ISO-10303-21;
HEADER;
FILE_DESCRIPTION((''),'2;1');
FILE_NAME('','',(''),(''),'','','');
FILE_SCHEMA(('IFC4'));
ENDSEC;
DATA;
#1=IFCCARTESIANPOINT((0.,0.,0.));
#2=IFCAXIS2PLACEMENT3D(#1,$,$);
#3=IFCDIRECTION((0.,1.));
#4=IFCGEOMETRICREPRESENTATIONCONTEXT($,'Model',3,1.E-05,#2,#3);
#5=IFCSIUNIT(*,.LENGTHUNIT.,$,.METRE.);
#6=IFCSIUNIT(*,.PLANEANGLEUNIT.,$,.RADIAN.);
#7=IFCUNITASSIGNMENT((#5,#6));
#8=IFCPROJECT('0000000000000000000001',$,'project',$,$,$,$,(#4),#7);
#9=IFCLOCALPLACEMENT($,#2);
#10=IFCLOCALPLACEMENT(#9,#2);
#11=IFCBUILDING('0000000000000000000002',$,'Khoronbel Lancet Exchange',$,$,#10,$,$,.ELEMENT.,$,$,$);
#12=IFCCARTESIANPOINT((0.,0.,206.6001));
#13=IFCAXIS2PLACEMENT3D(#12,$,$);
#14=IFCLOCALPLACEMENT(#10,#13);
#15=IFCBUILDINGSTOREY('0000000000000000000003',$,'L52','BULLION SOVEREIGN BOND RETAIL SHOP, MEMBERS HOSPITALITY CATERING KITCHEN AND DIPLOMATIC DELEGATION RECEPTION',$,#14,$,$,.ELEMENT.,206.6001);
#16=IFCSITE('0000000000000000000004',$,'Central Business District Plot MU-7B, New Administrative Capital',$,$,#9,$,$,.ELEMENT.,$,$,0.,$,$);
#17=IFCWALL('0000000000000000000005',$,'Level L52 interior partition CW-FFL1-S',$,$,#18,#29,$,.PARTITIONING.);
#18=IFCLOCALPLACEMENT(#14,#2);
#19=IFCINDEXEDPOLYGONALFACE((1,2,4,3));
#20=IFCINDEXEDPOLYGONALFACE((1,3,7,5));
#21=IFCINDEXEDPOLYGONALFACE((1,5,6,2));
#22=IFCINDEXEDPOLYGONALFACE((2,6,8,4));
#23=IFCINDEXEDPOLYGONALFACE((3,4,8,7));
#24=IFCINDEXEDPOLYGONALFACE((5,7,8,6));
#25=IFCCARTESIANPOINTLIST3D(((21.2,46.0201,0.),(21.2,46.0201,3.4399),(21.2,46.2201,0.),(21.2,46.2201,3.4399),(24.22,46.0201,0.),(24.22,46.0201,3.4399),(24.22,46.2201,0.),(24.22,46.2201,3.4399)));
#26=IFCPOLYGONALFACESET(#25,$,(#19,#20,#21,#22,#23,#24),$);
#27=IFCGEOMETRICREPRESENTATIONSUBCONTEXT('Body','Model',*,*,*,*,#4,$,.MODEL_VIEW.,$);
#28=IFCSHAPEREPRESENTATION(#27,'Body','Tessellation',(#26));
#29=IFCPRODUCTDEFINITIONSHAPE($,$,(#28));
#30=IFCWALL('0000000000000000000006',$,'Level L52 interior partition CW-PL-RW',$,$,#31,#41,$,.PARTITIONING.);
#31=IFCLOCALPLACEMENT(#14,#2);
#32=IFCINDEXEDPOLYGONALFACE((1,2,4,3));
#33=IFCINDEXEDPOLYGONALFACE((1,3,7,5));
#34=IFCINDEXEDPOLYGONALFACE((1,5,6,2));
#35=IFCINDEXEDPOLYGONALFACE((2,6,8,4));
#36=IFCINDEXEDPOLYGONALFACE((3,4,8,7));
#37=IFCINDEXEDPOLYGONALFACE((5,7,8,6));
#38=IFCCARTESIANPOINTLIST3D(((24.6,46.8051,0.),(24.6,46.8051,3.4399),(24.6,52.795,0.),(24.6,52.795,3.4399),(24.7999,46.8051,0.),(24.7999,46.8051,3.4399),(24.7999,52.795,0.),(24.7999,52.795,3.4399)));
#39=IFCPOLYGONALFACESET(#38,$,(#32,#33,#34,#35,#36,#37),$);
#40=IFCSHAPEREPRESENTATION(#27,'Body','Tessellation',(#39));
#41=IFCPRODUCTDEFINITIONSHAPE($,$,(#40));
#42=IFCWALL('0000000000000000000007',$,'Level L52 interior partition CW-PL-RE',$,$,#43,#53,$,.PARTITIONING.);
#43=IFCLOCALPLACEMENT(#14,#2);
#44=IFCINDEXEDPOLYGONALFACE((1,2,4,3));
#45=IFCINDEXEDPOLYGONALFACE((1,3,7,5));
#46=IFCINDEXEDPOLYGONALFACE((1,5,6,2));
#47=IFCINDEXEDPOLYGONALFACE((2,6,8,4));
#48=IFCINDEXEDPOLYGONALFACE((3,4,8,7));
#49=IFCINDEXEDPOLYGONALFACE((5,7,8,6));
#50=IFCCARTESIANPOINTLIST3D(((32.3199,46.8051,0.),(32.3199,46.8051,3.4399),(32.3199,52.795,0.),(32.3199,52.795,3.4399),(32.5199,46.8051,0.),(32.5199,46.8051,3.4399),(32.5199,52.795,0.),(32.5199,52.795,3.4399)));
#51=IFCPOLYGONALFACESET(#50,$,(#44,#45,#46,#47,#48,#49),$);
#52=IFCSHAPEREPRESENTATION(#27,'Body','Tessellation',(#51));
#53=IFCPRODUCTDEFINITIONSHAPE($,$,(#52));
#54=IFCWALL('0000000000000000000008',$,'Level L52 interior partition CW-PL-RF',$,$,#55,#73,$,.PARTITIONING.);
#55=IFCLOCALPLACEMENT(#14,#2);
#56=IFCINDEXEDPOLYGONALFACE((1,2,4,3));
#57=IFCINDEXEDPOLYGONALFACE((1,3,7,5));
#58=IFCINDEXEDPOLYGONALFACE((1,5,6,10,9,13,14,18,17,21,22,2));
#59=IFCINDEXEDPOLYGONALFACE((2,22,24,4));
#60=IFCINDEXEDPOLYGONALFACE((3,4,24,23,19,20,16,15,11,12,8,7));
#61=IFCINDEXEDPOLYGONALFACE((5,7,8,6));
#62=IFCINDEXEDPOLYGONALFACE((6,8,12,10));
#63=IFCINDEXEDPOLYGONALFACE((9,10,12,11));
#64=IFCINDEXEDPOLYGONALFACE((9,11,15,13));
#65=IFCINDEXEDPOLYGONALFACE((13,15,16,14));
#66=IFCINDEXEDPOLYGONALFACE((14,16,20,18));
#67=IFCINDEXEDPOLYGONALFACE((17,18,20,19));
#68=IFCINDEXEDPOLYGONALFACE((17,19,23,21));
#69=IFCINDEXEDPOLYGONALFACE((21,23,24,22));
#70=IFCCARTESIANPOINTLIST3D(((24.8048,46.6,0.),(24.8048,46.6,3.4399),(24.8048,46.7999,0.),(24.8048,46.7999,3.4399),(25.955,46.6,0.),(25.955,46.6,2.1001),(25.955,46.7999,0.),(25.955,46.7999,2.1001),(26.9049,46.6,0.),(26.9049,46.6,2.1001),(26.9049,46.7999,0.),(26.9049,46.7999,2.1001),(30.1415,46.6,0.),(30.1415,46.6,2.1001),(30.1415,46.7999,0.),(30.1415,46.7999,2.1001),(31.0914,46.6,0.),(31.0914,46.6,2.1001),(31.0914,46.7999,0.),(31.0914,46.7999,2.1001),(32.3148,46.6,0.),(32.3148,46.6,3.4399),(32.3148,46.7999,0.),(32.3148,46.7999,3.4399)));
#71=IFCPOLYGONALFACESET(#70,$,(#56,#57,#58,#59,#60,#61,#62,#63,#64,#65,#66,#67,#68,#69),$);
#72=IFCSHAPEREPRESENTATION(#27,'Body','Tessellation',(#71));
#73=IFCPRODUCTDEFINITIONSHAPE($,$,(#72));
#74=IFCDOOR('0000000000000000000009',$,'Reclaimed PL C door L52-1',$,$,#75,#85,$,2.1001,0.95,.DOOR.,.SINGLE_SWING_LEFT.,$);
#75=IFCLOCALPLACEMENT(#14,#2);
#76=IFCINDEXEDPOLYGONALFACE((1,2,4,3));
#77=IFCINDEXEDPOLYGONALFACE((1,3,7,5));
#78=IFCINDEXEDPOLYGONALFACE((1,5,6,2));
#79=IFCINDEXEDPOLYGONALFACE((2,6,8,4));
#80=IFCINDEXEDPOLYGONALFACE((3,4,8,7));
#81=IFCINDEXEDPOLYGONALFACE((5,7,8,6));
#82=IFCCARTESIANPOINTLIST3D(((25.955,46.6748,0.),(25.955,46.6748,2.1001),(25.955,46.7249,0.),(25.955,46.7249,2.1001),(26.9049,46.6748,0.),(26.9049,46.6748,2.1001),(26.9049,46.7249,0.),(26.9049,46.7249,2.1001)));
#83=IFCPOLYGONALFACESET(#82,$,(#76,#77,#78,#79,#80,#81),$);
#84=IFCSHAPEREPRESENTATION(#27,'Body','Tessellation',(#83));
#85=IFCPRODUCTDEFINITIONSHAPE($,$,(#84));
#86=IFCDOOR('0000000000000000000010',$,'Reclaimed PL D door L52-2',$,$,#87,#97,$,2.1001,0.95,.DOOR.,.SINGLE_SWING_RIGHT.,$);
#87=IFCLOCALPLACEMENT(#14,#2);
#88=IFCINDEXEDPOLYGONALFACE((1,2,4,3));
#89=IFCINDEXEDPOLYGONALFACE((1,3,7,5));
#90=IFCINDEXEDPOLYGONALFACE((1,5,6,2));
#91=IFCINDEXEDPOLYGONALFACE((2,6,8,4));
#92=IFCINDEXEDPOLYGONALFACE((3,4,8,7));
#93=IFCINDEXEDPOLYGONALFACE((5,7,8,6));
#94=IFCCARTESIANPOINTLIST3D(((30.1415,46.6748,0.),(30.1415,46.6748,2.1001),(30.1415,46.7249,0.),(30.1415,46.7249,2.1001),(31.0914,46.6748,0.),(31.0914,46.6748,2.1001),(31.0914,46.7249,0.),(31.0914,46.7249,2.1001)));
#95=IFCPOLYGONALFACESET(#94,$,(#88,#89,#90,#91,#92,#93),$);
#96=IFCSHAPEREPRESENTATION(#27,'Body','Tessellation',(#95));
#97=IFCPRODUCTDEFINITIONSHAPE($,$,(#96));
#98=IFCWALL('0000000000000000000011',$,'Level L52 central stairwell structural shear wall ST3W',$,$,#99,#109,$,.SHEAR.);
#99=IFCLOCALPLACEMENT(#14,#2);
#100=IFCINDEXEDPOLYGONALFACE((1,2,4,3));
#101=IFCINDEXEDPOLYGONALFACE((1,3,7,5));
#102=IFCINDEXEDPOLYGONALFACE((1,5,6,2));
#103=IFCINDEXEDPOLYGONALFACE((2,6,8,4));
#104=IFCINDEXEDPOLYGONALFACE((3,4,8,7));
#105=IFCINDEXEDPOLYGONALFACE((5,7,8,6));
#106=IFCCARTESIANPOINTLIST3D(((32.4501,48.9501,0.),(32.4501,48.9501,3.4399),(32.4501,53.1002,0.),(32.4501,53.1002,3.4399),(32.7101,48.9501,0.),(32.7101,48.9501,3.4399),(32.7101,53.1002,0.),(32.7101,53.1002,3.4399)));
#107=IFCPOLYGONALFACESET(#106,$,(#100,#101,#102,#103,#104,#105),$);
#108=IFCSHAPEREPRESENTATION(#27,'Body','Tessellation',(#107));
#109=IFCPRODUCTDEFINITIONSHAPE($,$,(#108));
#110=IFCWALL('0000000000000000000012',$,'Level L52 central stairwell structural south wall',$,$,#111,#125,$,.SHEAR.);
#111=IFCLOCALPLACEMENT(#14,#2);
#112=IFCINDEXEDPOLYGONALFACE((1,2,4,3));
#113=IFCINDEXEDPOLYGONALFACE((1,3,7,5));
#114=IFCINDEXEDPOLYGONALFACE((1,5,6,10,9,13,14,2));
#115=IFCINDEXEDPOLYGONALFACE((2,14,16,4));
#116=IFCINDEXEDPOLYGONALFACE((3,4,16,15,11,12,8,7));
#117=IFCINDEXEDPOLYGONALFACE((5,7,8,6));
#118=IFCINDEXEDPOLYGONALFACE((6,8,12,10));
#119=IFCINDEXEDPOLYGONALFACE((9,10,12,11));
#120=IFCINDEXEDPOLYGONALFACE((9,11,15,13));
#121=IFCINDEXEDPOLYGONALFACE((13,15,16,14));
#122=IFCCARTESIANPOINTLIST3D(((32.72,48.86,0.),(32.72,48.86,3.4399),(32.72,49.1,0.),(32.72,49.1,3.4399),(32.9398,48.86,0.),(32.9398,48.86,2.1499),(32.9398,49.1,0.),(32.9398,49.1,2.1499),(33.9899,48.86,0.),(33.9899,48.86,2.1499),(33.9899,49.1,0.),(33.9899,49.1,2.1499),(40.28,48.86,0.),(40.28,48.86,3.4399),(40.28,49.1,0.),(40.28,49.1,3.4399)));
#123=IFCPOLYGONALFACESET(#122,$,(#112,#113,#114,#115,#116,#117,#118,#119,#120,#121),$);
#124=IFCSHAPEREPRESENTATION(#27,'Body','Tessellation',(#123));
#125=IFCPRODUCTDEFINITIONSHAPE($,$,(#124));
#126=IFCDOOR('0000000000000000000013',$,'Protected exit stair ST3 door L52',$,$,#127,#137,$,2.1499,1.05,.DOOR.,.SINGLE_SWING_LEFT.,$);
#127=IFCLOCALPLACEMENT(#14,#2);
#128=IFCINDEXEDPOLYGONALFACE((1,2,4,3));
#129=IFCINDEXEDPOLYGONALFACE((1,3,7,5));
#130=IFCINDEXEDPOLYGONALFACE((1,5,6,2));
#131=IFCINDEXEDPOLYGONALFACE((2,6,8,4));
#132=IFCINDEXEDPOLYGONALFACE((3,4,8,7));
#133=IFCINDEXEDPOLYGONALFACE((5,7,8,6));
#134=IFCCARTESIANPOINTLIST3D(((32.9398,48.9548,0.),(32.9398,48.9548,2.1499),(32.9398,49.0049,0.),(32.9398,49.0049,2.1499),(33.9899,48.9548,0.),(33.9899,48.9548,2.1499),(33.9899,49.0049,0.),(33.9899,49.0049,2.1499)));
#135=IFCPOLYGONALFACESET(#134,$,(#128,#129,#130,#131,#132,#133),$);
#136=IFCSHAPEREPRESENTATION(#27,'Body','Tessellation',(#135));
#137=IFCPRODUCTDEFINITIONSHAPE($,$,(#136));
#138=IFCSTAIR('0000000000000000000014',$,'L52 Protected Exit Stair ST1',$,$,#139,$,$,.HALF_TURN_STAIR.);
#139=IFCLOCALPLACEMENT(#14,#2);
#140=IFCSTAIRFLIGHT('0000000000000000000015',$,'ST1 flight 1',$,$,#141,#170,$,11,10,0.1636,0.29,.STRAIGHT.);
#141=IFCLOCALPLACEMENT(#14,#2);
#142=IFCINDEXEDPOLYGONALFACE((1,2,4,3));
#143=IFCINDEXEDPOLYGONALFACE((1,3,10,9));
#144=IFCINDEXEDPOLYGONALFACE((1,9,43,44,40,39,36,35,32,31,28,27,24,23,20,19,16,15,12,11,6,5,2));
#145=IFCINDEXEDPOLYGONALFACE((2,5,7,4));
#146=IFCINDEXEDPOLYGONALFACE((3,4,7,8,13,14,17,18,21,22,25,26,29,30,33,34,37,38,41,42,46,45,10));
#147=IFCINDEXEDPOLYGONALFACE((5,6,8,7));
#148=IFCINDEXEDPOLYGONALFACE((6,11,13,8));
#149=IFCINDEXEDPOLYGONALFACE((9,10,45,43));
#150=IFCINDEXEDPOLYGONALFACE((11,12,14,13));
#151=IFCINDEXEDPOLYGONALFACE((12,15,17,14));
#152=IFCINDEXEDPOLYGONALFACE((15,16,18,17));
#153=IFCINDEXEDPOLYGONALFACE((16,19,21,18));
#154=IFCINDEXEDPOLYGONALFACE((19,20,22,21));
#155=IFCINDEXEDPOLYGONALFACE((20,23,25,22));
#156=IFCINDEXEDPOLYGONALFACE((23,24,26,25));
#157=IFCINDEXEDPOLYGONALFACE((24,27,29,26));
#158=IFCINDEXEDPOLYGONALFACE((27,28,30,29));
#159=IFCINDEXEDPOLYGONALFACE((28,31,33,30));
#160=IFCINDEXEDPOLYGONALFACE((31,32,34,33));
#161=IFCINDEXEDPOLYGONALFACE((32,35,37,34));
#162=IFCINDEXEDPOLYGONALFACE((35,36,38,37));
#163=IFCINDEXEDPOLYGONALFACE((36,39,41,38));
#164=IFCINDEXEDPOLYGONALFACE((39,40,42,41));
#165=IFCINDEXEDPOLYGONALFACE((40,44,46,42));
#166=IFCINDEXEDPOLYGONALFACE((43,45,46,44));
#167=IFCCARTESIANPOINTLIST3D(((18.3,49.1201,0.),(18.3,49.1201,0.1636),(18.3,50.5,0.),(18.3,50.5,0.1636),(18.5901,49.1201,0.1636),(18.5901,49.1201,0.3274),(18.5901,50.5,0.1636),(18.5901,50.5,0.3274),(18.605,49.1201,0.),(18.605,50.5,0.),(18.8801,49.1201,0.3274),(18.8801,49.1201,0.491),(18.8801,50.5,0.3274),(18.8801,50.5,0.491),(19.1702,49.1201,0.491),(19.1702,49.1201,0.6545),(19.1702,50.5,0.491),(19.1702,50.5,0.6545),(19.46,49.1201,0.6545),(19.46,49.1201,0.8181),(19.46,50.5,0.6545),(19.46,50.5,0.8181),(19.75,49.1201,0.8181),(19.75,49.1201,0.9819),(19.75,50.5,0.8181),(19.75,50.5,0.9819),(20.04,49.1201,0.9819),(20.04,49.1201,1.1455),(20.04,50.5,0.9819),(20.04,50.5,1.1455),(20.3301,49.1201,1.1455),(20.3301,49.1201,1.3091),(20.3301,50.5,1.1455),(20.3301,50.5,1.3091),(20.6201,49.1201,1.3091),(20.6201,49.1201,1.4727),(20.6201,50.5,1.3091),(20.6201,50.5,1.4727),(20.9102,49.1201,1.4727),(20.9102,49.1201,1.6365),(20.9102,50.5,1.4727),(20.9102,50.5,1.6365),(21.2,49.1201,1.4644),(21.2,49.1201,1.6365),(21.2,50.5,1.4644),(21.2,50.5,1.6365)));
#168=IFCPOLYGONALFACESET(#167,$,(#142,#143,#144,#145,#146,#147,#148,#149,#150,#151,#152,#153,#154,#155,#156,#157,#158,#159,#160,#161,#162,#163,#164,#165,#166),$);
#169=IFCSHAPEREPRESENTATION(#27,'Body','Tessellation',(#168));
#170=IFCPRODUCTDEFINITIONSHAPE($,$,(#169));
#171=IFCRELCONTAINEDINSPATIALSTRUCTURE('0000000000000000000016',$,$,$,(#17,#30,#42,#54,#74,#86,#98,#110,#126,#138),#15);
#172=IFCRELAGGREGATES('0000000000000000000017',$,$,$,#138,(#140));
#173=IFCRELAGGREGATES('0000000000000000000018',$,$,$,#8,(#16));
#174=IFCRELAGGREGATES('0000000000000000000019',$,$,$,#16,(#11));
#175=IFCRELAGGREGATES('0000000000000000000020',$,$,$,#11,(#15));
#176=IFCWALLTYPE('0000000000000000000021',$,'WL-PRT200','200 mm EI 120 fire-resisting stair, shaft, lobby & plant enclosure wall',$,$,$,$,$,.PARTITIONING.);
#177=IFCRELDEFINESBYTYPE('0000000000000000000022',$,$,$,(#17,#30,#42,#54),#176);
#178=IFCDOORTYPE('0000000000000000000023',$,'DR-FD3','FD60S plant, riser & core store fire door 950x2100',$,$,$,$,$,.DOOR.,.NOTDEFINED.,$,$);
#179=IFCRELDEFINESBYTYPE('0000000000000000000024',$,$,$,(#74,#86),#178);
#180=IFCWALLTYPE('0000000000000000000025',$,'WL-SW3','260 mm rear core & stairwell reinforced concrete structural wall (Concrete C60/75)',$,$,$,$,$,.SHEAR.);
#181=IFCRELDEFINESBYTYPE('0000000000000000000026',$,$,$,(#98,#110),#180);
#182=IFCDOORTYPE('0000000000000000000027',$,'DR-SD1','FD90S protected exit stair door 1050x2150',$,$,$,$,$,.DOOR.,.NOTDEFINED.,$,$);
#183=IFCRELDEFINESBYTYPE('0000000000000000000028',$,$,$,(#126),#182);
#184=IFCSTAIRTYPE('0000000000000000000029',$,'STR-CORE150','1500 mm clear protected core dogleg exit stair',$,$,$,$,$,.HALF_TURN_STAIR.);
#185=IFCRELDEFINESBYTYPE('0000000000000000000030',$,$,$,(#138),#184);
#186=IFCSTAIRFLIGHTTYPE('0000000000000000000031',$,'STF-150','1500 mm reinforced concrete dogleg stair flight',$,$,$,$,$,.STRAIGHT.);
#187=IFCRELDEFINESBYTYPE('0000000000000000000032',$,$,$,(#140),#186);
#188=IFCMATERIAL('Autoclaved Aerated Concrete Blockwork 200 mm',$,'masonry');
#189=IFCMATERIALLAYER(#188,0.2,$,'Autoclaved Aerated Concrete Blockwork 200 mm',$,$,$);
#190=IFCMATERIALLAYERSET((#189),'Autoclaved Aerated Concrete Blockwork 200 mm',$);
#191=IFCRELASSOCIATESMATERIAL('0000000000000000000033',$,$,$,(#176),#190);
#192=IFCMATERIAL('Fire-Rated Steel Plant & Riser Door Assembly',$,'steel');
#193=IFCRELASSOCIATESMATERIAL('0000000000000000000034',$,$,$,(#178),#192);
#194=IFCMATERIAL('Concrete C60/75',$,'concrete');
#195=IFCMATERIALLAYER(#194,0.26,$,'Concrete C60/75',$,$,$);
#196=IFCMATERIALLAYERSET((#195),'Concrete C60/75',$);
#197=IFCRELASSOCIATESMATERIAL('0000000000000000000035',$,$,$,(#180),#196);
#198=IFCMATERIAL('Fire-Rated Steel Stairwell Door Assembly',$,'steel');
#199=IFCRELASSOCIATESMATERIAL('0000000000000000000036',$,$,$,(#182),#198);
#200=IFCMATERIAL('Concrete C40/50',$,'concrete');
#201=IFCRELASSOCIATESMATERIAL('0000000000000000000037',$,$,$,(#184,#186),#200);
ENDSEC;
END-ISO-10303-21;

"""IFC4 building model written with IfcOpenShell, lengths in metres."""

from ifc_helpers import new_model, si_unit, direction, frame, frame_2d, origin, place, context, subcontext, project, spatial, polyline, rectangle, outline, extrude, material, layer, layer_set, type_object, element, fill, aggregate, save


model = new_model("IFC4")

# Units and contexts
model_context = context("Model", 3, precision=1e-05, world=origin(), true_north=direction((0.0, 1.0)))
body_context = subcontext(model_context, "Body", "Model", "MODEL_VIEW")
ifc_project = project(units=[si_unit("LENGTHUNIT", "METRE"), si_unit("PLANEANGLEUNIT", "RADIAN")], contexts=[model_context])

# Site, building, storey
site_placement = place(None, origin())
site = spatial("IfcSite", under=ifc_project, at=site_placement, Name="Central Business District Plot MU-7B, New Administrative Capital", CompositionType="ELEMENT", RefElevation=0.0)
building_placement = place(site_placement, origin())
building = spatial("IfcBuilding", under=site, at=building_placement, Name="Khoronbel Lancet Exchange", CompositionType="ELEMENT")
storey_placement = place(building_placement, frame((0.0, 0.0, 206.6001)))
storey = spatial("IfcBuildingStorey", under=building, at=storey_placement, Name="L52", Description="BULLION SOVEREIGN BOND RETAIL SHOP, MEMBERS HOSPITALITY CATERING KITCHEN AND DIPLOMATIC DELEGATION RECEPTION", CompositionType="ELEMENT", Elevation=206.6001)

# Shared definitions
ifc_material_1 = material(Name="Autoclaved Aerated Concrete Blockwork 200 mm", Category="masonry")
ifc_layer_1 = layer(ifc_material_1, 0.2, Name="Autoclaved Aerated Concrete Blockwork 200 mm")
ifc_layer_set_1 = layer_set([ifc_layer_1], Name="Autoclaved Aerated Concrete Blockwork 200 mm")
wall_type_1 = type_object("IfcWallType", Name="WL-PRT200", Description="200 mm EI 120 fire-resisting stair, shaft, lobby & plant enclosure wall", PredefinedType="PARTITIONING", material=ifc_layer_set_1)

# Walls
wall_1_placement = place(storey_placement, frame((21.2, 46.1201, 0.0), z_axis=(0.0, 0.0, 1.0), x_axis=(1.0, 0.0, 0.0)))
element("IfcWall", 1, at=wall_1_placement, inside=storey, type_object=wall_type_1, Name="Level L52 interior partition CW-FFL1-S", PredefinedType="PARTITIONING", context=body_context, shape_type="SweptSolid", body=[
    extrude(rectangle(XDim=3.02, YDim=0.2, at=frame_2d((1.51, 0.0))), origin(), (0.0, 0.0, 1.0), 3.4399),
])
for number, where, z_axis, x_axis, name in (
    (2, (24.7, 46.8049, 0.0), (0.0, 0.0, 1.0), (0.0, 1.0, 0.0), "Level L52 interior partition CW-PL-RW"),
    (3, (32.4199, 46.8049, 0.0), (0.0, 0.0, 1.0), (0.0, 1.0, 0.0), "Level L52 interior partition CW-PL-RE"),
):
    element("IfcWall", number, at=place(storey_placement, frame(where, z_axis=z_axis, x_axis=x_axis)), inside=storey, type_object=wall_type_1, Name=name, PredefinedType="PARTITIONING", context=body_context, shape_type="SweptSolid", body=[
        extrude(rectangle(XDim=5.99, YDim=0.2, at=frame_2d((2.9951, 0.0))), origin(), (0.0, 0.0, 1.0), 3.4399),
    ])

# Wall, openings, doors
wall_2_placement = place(storey_placement, frame((24.8049, 46.7, 0.0), z_axis=(0.0, 0.0, 1.0), x_axis=(1.0, 0.0, 0.0)))
wall_2 = element("IfcWall", 4, at=wall_2_placement, inside=storey, type_object=wall_type_1, Name="Level L52 interior partition CW-PL-RF", PredefinedType="PARTITIONING", context=body_context, shape_type="SweptSolid", body=[
    extrude(rectangle(XDim=7.51, YDim=0.2, at=frame_2d((3.7549, 0.0))), origin(), (0.0, 0.0, 1.0), 3.4399),
])
opening_1_placement = place(wall_2_placement, frame((1.1499, 0.0, 0.0)))
opening_1 = element("IfcOpeningElement", 5, at=opening_1_placement, cuts=wall_2, PredefinedType="OPENING", context=body_context, shape_type="SweptSolid", body=[
    extrude(rectangle(XDim=0.95, YDim=2.1001, at=frame_2d((0.4751, 1.05))), frame((0.0, 0.1099, 0.0), z_axis=(0.0, -1.0, 0.0), x_axis=(1.0, 0.0, 0.0)), (0.0, 0.0, 1.0), 0.22),
])
opening_2_placement = place(wall_2_placement, frame((5.3364, 0.0, 0.0)))
opening_2 = element("IfcOpeningElement", 6, at=opening_2_placement, cuts=wall_2, PredefinedType="OPENING", context=body_context, shape_type="SweptSolid", body=[
    extrude(rectangle(XDim=0.95, YDim=2.1001, at=frame_2d((0.4751, 1.05))), frame((0.0, 0.1099, 0.0), z_axis=(0.0, -1.0, 0.0), x_axis=(1.0, 0.0, 0.0)), (0.0, 0.0, 1.0), 0.22),
])
ifc_material_2 = material(Name="Fire-Rated Steel Plant & Riser Door Assembly", Category="steel")
door_type_1 = type_object("IfcDoorType", Name="DR-FD3", Description="FD60S plant, riser & core store fire door 950x2100", OperationType="NOTDEFINED", PredefinedType="DOOR", material=ifc_material_2)
door_1_placement = place(opening_1_placement, origin())
door_1 = element("IfcDoor", 7, at=door_1_placement, inside=storey, type_object=door_type_1, Name="Reclaimed PL C door L52-1", OperationType="SINGLE_SWING_LEFT", OverallHeight=2.1001, OverallWidth=0.95, PredefinedType="DOOR", context=body_context, shape_type="SweptSolid", body=[
    extrude(rectangle(XDim=0.95, YDim=2.1001, at=frame_2d((0.4751, 1.05))), frame((0.0, 0.0249, 0.0), z_axis=(0.0, -1.0, 0.0), x_axis=(1.0, 0.0, 0.0)), (0.0, 0.0, 1.0), 0.05),
])
fill(opening_1, door_1)
door_2_placement = place(opening_2_placement, origin())
door_2 = element("IfcDoor", 8, at=door_2_placement, inside=storey, type_object=door_type_1, Name="Reclaimed PL D door L52-2", OperationType="SINGLE_SWING_RIGHT", OverallHeight=2.1001, OverallWidth=0.95, PredefinedType="DOOR", context=body_context, shape_type="SweptSolid", body=[
    extrude(rectangle(XDim=0.95, YDim=2.1001, at=frame_2d((0.4751, 1.05))), frame((0.0, 0.0249, 0.0), z_axis=(0.0, -1.0, 0.0), x_axis=(1.0, 0.0, 0.0)), (0.0, 0.0, 1.0), 0.05),
])
fill(opening_2, door_2)

# Wall
ifc_material_3 = material(Name="Concrete C60/75", Category="concrete")
ifc_layer_2 = layer(ifc_material_3, 0.26, Name="Concrete C60/75")
ifc_layer_set_2 = layer_set([ifc_layer_2], Name="Concrete C60/75")
wall_type_2 = type_object("IfcWallType", Name="WL-SW3", Description="260 mm rear core & stairwell reinforced concrete structural wall (Concrete C60/75)", PredefinedType="SHEAR", material=ifc_layer_set_2)
wall_3_placement = place(storey_placement, frame((32.5801, 48.95, 0.0), z_axis=(0.0, 0.0, 1.0), x_axis=(0.0, 1.0, 0.0)))
element("IfcWall", 9, at=wall_3_placement, inside=storey, type_object=wall_type_2, Name="Level L52 central stairwell structural shear wall ST3W", PredefinedType="SHEAR", context=body_context, shape_type="SweptSolid", body=[
    extrude(rectangle(XDim=4.1501, YDim=0.26, at=frame_2d((2.0752, 0.0))), origin(), (0.0, 0.0, 1.0), 3.4399),
])

# Wall, opening, door
wall_4_placement = place(storey_placement, frame((32.72, 48.98, 0.0), z_axis=(0.0, 0.0, 1.0), x_axis=(1.0, 0.0, 0.0)))
wall_4 = element("IfcWall", 10, at=wall_4_placement, inside=storey, type_object=wall_type_2, Name="Level L52 central stairwell structural south wall", PredefinedType="SHEAR", context=body_context, shape_type="SweptSolid", body=[
    extrude(rectangle(XDim=7.5601, YDim=0.24, at=frame_2d((3.78, 0.0))), origin(), (0.0, 0.0, 1.0), 3.4399),
])
opening_3_placement = place(wall_4_placement, frame((0.22, 0.0, 0.0)))
opening_3 = element("IfcOpeningElement", 11, at=opening_3_placement, cuts=wall_4, PredefinedType="OPENING", context=body_context, shape_type="SweptSolid", body=[
    extrude(rectangle(XDim=1.05, YDim=2.1499, at=frame_2d((0.5249, 1.075))), frame((0.0, 0.1299, 0.0), z_axis=(0.0, -1.0, 0.0), x_axis=(1.0, 0.0, 0.0)), (0.0, 0.0, 1.0), 0.26),
])
ifc_material_4 = material(Name="Fire-Rated Steel Stairwell Door Assembly", Category="steel")
door_type_2 = type_object("IfcDoorType", Name="DR-SD1", Description="FD90S protected exit stair door 1050x2150", OperationType="NOTDEFINED", PredefinedType="DOOR", material=ifc_material_4)
door_3_placement = place(opening_3_placement, origin())
door_3 = element("IfcDoor", 12, at=door_3_placement, inside=storey, type_object=door_type_2, Name="Protected exit stair ST3 door L52", OperationType="SINGLE_SWING_LEFT", OverallHeight=2.1499, OverallWidth=1.05, PredefinedType="DOOR", context=body_context, shape_type="SweptSolid", body=[
    extrude(rectangle(XDim=1.05, YDim=2.1499, at=frame_2d((0.5249, 1.075))), frame((0.0, 0.0249, 0.0), z_axis=(0.0, -1.0, 0.0), x_axis=(1.0, 0.0, 0.0)), (0.0, 0.0, 1.0), 0.05),
])
fill(opening_3, door_3)

# Stair, stair flight
ifc_material_5 = material(Name="Concrete C40/50", Category="concrete")
stair_type = type_object("IfcStairType", Name="STR-CORE150", Description="1500 mm clear protected core dogleg exit stair", PredefinedType="HALF_TURN_STAIR", material=ifc_material_5)
stair_placement = place(storey_placement, origin())
stair = element("IfcStair", 13, at=stair_placement, inside=storey, type_object=stair_type, Name="L52 Protected Exit Stair ST1", PredefinedType="HALF_TURN_STAIR")
stair_flight_type = type_object("IfcStairFlightType", Name="STF-150", Description="1500 mm reinforced concrete dogleg stair flight", PredefinedType="STRAIGHT", material=ifc_material_5)
stair_flight_1_placement = place(storey_placement, frame((18.3, 49.8101, 0.0), z_axis=(0.0, 0.0, 1.0), x_axis=(1.0, 0.0, 0.0)))
stair_flight_1 = element("IfcStairFlight", 14, at=stair_flight_1_placement, type_object=stair_flight_type, Name="ST1 flight 1", NumberOfRisers=11, NumberOfTreads=10, PredefinedType="STRAIGHT", RiserHeight=0.1636, TreadLength=0.29, context=body_context, shape_type="SweptSolid", body=[
    extrude(outline(polyline([(0.0, 0.0), (0.0, 0.1636), (0.29, 0.1636), (0.29, 0.3274), (0.5801, 0.3274), (0.5801, 0.491), (0.8701, 0.491), (0.8701, 0.6545), (1.1599, 0.6545), (1.1599, 0.8181), (1.45, 0.8181), (1.45, 0.9819), (1.74, 0.9819), (1.74, 1.1455), (2.03, 1.1455), (2.03, 1.3091), (2.3201, 1.3091), (2.3201, 1.4727), (2.6101, 1.4727), (2.6101, 1.6365), (2.8999, 1.6365), (2.8999, 1.8), (2.8999, 1.4644), (0.3049, 0.0), (0.0, 0.0)])), frame((0.0, 0.6899, 0.0), z_axis=(0.0, -1.0, 0.0), x_axis=(1.0, 0.0, 0.0)), (0.0, 0.0, 1.0), 1.3799),
])
aggregate(stair, [stair_flight_1])

save(model, "model.ifc")
